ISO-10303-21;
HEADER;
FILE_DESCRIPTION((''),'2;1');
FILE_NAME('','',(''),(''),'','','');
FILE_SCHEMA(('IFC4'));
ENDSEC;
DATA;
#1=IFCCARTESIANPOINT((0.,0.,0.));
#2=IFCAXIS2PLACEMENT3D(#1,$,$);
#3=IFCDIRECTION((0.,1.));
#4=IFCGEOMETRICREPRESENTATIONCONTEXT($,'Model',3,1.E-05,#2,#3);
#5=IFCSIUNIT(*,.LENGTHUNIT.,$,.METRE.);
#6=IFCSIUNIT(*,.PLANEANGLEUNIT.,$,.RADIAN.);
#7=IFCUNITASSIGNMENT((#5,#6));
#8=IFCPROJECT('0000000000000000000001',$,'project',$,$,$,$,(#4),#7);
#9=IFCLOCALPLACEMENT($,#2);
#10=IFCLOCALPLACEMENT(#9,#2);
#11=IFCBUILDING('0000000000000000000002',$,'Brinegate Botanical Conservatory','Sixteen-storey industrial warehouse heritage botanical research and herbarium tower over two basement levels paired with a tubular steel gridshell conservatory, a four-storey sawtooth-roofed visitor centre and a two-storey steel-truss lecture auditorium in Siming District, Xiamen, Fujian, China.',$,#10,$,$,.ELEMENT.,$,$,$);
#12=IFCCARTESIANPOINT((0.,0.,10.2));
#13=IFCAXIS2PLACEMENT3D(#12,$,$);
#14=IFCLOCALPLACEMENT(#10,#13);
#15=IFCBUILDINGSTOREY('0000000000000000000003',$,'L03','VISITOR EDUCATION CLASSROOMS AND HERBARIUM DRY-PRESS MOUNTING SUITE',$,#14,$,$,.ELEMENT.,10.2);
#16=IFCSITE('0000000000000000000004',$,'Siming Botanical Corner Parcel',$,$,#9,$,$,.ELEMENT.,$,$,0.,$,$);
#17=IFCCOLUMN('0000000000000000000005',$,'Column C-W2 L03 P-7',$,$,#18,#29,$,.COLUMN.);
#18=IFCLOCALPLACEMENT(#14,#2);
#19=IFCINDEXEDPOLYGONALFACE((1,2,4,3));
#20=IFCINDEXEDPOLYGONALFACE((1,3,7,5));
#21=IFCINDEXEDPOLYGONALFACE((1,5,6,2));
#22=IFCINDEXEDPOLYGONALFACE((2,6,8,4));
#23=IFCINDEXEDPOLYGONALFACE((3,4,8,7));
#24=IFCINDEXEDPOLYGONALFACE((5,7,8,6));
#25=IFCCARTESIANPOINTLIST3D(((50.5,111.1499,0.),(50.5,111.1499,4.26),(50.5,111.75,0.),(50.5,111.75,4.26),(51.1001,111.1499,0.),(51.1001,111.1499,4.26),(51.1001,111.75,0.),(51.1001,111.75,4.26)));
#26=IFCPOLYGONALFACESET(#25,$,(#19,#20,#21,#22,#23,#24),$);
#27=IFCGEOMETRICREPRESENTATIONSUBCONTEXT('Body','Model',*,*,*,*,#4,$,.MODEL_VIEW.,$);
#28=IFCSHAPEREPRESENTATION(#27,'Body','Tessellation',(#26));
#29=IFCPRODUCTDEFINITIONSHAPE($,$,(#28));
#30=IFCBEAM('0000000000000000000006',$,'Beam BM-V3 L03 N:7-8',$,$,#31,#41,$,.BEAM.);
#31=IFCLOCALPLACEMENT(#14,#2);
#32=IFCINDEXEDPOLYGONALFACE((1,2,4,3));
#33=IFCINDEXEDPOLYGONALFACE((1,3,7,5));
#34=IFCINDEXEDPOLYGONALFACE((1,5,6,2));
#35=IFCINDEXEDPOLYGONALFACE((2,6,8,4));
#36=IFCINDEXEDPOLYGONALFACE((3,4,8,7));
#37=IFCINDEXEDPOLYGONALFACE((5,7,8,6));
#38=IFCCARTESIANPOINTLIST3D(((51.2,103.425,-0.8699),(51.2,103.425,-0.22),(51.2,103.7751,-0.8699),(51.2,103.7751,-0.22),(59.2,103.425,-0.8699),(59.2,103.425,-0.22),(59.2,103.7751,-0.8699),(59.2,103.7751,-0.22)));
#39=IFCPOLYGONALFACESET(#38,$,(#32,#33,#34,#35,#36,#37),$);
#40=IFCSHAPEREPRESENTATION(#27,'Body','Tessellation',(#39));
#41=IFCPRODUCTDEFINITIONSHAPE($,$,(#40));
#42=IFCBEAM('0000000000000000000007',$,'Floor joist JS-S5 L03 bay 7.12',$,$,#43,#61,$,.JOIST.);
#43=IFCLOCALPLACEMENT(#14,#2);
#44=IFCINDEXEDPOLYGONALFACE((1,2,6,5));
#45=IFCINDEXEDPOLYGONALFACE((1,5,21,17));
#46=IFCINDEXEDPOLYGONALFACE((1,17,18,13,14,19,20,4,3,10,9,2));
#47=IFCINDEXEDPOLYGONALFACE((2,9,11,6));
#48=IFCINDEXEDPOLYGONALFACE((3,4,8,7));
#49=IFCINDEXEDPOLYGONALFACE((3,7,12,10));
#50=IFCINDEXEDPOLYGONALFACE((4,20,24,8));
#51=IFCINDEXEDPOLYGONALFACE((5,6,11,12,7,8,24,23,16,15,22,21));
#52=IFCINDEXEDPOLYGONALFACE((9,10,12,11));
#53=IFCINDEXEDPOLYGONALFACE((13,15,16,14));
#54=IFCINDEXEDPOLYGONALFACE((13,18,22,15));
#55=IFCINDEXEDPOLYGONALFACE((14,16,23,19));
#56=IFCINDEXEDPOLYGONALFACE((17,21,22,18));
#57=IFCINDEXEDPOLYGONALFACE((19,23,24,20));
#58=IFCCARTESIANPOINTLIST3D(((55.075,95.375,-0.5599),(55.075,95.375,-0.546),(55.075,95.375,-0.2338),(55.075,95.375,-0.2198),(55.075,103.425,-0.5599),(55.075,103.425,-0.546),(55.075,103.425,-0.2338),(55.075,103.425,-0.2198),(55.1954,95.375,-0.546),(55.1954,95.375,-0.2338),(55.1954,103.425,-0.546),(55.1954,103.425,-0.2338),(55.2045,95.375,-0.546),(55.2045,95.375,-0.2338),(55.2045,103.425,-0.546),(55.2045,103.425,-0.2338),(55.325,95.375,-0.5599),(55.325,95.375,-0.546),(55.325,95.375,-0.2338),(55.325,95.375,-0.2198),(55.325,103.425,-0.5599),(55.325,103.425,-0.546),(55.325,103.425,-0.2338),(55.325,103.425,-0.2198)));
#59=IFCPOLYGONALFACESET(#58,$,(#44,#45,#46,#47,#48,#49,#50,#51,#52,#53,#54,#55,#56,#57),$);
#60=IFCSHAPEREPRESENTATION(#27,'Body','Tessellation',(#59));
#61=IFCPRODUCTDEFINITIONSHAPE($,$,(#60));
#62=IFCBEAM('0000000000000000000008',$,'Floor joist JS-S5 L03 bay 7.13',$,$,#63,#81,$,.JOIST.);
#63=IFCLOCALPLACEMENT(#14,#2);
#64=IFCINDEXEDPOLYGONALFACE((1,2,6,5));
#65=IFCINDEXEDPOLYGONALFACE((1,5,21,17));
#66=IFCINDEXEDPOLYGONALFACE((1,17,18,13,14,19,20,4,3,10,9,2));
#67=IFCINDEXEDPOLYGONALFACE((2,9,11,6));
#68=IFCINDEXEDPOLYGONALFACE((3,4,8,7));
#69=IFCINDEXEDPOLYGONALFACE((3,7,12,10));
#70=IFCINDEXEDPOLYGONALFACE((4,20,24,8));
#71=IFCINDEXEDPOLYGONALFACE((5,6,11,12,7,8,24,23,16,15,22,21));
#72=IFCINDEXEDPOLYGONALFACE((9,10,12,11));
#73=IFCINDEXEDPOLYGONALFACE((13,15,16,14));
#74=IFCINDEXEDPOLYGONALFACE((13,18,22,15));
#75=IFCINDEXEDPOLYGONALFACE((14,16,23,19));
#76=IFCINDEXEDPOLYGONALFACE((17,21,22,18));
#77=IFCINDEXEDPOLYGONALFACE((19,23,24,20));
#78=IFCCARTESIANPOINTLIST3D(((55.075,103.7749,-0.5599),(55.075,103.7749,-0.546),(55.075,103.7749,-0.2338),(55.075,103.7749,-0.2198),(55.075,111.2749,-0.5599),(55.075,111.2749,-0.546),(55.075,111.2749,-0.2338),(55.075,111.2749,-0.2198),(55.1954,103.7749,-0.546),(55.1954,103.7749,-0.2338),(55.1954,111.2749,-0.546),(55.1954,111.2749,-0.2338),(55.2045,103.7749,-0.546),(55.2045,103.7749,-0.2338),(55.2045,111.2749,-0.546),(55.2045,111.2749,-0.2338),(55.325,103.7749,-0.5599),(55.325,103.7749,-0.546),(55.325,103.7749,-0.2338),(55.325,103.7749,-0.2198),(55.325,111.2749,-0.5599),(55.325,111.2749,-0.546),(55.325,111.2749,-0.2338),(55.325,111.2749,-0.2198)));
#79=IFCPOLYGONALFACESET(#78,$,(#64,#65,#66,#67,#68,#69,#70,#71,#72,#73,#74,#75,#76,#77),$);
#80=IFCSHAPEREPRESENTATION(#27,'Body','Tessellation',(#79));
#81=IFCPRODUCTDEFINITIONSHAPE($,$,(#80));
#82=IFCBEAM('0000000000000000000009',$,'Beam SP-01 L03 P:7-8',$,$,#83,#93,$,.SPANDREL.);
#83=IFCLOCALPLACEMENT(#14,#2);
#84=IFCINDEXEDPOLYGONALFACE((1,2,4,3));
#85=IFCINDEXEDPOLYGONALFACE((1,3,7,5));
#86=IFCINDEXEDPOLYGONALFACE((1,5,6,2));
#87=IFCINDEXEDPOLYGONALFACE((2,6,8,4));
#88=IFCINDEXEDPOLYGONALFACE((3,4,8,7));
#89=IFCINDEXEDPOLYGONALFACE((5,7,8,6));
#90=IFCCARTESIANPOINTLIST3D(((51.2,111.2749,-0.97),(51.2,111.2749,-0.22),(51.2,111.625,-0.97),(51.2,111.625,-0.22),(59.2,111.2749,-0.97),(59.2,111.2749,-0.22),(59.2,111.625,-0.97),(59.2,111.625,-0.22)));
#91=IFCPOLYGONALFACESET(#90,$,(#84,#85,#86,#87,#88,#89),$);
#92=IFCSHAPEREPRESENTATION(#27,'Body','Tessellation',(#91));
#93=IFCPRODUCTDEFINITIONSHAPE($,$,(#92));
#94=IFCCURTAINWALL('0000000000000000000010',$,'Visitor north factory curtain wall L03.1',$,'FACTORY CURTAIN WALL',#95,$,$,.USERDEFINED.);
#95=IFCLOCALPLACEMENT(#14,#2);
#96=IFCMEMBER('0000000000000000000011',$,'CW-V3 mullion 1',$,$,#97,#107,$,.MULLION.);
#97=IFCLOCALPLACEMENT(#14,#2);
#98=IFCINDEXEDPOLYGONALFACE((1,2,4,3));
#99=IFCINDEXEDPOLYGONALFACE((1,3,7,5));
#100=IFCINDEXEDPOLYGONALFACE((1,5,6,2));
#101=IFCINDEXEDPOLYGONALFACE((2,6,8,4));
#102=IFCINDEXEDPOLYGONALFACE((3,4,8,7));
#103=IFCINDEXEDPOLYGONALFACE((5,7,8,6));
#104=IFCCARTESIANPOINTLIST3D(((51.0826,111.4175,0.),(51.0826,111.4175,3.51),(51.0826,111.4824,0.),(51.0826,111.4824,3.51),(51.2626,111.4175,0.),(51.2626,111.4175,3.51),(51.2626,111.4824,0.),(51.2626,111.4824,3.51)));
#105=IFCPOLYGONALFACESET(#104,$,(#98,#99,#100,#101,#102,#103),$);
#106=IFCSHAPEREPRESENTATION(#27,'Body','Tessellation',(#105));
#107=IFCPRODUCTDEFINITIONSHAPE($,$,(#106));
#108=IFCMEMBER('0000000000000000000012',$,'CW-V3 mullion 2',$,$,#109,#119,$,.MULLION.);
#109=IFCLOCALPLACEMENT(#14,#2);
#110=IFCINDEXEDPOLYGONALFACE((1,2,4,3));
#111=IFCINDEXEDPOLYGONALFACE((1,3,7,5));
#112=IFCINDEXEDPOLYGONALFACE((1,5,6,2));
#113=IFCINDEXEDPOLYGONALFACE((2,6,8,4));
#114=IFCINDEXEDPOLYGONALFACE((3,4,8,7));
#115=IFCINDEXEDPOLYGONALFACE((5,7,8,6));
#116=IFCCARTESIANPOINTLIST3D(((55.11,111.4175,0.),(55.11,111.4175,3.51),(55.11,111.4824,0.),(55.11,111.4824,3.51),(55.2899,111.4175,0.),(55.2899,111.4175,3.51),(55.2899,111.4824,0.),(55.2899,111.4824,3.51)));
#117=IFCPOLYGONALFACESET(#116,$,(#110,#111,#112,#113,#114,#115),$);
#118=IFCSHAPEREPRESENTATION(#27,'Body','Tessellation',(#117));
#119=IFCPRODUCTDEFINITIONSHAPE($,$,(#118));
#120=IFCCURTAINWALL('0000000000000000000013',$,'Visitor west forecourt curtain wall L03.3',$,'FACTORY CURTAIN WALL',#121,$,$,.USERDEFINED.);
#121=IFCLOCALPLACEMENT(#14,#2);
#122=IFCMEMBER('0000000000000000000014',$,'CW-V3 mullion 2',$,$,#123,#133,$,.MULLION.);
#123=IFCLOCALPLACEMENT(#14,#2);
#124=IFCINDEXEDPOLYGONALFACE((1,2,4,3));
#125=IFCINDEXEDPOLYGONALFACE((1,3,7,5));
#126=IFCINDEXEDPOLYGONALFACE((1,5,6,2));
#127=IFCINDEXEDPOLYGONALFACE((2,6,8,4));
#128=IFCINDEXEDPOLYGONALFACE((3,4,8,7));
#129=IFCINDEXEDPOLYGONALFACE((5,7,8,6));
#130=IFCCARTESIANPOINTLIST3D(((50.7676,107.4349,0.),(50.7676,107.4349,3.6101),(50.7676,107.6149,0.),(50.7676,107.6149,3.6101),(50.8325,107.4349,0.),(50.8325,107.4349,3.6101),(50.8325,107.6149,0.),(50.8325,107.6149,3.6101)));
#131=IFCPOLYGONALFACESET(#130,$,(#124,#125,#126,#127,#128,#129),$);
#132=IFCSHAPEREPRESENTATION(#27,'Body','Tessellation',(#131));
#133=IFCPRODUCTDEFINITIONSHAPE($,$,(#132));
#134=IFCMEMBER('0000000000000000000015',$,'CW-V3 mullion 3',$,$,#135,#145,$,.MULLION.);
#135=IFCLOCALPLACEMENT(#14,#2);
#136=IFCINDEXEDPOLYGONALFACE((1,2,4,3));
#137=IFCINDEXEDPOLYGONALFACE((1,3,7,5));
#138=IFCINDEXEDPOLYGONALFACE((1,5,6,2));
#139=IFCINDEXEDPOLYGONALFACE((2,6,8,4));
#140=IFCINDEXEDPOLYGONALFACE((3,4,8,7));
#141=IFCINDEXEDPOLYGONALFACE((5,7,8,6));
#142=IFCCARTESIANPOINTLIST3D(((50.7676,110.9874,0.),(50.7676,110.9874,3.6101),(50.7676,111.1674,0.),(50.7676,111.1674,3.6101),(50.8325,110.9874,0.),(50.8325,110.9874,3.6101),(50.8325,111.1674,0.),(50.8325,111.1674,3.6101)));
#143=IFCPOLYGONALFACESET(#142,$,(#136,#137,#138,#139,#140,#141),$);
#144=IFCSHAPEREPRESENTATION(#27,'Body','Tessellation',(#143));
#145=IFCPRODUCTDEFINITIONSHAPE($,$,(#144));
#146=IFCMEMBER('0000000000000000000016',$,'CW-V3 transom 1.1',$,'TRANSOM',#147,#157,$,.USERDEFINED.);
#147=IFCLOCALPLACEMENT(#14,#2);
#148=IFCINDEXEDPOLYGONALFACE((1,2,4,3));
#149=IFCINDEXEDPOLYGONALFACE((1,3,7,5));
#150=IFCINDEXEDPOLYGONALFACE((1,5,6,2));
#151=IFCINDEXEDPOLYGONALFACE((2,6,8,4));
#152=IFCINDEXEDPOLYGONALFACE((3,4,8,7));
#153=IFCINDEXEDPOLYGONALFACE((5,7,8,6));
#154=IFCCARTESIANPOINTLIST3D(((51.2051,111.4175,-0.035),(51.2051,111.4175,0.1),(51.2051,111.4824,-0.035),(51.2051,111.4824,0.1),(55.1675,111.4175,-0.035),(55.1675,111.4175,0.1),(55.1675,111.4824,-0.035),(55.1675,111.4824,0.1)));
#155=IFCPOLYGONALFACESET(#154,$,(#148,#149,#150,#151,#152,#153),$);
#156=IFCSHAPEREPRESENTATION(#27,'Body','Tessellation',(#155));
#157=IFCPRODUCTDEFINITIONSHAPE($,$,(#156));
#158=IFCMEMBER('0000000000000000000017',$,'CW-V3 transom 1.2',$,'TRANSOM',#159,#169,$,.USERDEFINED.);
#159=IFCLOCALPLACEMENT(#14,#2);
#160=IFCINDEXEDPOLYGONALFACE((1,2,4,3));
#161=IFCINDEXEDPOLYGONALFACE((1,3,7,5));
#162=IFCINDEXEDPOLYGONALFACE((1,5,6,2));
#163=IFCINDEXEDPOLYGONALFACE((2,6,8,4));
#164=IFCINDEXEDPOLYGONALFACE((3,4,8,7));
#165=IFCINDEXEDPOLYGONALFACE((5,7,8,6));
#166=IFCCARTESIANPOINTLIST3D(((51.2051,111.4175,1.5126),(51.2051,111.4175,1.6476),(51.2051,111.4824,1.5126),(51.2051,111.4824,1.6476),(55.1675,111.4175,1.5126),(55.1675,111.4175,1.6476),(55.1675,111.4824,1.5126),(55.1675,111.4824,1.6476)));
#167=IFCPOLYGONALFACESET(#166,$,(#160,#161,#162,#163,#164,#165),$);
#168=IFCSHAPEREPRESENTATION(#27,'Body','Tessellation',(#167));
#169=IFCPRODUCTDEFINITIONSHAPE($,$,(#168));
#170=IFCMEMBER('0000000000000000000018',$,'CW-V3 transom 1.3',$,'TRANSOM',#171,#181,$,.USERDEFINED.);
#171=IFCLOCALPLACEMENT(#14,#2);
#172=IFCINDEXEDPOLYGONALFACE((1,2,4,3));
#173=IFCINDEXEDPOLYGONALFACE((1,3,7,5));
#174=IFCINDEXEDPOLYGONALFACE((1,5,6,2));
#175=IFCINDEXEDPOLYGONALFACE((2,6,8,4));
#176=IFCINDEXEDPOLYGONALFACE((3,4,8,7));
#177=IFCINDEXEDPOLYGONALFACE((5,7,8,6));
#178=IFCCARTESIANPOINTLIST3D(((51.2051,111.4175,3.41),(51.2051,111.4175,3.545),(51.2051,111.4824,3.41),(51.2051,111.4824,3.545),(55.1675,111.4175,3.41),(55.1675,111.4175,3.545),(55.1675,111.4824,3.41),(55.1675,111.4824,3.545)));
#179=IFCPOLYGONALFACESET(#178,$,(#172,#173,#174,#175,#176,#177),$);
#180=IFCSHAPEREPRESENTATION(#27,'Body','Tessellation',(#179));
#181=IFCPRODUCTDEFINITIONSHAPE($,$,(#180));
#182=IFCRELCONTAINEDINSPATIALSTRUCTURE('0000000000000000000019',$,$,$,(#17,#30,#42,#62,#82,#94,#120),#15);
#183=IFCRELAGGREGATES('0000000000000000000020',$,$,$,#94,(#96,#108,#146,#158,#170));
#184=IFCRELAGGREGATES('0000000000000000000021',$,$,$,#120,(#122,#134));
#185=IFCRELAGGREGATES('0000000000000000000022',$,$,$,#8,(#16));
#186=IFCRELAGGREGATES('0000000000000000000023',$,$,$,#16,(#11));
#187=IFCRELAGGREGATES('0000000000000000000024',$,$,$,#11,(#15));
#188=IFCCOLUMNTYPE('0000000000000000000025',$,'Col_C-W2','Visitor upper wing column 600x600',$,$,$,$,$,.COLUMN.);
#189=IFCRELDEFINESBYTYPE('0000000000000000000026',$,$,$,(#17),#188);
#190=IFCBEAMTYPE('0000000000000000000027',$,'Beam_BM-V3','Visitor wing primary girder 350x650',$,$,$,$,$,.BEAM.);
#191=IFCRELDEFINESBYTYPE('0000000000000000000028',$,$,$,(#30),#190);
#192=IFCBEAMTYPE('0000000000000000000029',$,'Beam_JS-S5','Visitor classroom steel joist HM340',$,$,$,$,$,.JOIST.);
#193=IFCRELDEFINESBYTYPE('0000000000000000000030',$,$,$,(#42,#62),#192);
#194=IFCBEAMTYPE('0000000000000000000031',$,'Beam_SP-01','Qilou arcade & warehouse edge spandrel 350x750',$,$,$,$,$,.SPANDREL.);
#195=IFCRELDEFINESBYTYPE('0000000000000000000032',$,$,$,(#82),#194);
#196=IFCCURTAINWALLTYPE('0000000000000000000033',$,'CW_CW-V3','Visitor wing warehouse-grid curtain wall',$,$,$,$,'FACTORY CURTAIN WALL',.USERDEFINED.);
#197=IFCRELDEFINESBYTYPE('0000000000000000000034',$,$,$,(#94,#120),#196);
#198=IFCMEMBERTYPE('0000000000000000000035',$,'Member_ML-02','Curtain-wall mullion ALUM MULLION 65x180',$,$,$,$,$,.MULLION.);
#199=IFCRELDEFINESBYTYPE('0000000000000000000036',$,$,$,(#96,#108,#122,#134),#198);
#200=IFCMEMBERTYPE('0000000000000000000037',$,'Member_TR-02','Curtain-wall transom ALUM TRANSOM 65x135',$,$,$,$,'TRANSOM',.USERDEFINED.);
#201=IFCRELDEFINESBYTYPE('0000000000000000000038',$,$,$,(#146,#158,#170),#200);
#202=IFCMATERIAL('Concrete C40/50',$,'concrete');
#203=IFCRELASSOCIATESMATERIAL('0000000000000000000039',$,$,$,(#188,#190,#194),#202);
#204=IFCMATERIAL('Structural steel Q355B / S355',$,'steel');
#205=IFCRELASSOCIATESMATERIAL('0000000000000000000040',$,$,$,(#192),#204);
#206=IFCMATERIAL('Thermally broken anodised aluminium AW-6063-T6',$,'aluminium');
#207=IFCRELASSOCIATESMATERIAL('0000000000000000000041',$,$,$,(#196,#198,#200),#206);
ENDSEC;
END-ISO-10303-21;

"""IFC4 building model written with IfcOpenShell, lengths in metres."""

from ifc_helpers import new_model, si_unit, direction, frame, origin, origin_2d, place, context, subcontext, project, spatial, rectangle, i_section, extrude, material, material_profile, profile_set, type_object, element, aggregate, save


model = new_model("IFC4")

# Units and contexts
model_context = context("Model", 3, precision=1e-05, world=origin(), true_north=direction((0.0, 1.0)))
body_context = subcontext(model_context, "Body", "Model", "MODEL_VIEW")
ifc_project = project(units=[si_unit("LENGTHUNIT", "METRE"), si_unit("PLANEANGLEUNIT", "RADIAN")], contexts=[model_context])

# Site, building, storey
site_placement = place(None, origin())
site = spatial("IfcSite", under=ifc_project, at=site_placement, Name="Siming Botanical Corner Parcel", CompositionType="ELEMENT", RefElevation=0.0)
building_placement = place(site_placement, origin())
building = spatial("IfcBuilding", under=site, at=building_placement, Name="Brinegate Botanical Conservatory", Description="Sixteen-storey industrial warehouse heritage botanical research and herbarium tower over two basement levels paired with a tubular steel gridshell conservatory, a four-storey sawtooth-roofed visitor centre and a two-storey steel-truss lecture auditorium in Siming District, Xiamen, Fujian, China.", CompositionType="ELEMENT")
storey_placement = place(building_placement, frame((0.0, 0.0, 10.2)))
storey = spatial("IfcBuildingStorey", under=building, at=storey_placement, Name="L03", Description="VISITOR EDUCATION CLASSROOMS AND HERBARIUM DRY-PRESS MOUNTING SUITE", CompositionType="ELEMENT", Elevation=10.2)

# Column
ifc_material_1 = material(Name="Concrete C40/50", Category="concrete")
ifc_material_profile_1 = material_profile(ifc_material_1, rectangle(XDim=0.6001, YDim=0.6001, at=origin_2d()), Name="RC COL 600x600")
ifc_profile_set_1 = profile_set([ifc_material_profile_1], Name="Concrete C40/50")
column_type = type_object("IfcColumnType", Name="Col_C-W2", Description="Visitor upper wing column 600x600", PredefinedType="COLUMN", material=ifc_profile_set_1)
column_placement = place(storey_placement, frame((50.8, 111.45, 0.0), z_axis=(0.0, 0.0, 1.0), x_axis=(1.0, 0.0, 0.0)))
element("IfcColumn", 1, at=column_placement, inside=storey, type_object=column_type, Name="Column C-W2 L03 P-7", PredefinedType="COLUMN", context=body_context, shape_type="SweptSolid", body=[
    extrude(rectangle(XDim=0.6001, YDim=0.6001, at=origin_2d()), origin(), (0.0, 0.0, 1.0), 4.26),
])

# Beams
ifc_material_profile_2 = material_profile(ifc_material_1, rectangle(XDim=0.3501, YDim=0.6499, at=origin_2d()), Name="RC BM 350x650")
ifc_profile_set_2 = profile_set([ifc_material_profile_2], Name="Concrete C40/50")
beam_type_1 = type_object("IfcBeamType", Name="Beam_BM-V3", Description="Visitor wing primary girder 350x650", PredefinedType="BEAM", material=ifc_profile_set_2)
beam_1_placement = place(storey_placement, frame((51.2, 103.6001, -0.5449), z_axis=(1.0, 0.0, 0.0), x_axis=(0.0, 1.0, 0.0)))
element("IfcBeam", 2, at=beam_1_placement, inside=storey, type_object=beam_type_1, Name="Beam BM-V3 L03 N:7-8", PredefinedType="BEAM", context=body_context, shape_type="SweptSolid", body=[
    extrude(rectangle(XDim=0.3501, YDim=0.6499, at=origin_2d()), origin(), (0.0, 0.0, 1.0), 8.0),
])
ifc_material_2 = material(Name="Structural steel Q355B / S355", Category="steel")
ifc_material_profile_3 = material_profile(ifc_material_2, i_section(OverallWidth=0.25, OverallDepth=0.3401, WebThickness=0.009, FlangeThickness=0.0139, at=origin_2d()), Name="HM 340x250x9x14")
ifc_profile_set_3 = profile_set([ifc_material_profile_3], Name="Structural steel Q355B / S355")
beam_type_2 = type_object("IfcBeamType", Name="Beam_JS-S5", Description="Visitor classroom steel joist HM340", PredefinedType="JOIST", material=ifc_profile_set_3)
beam_2_placement = place(storey_placement, frame((55.2, 95.375, -0.3899), z_axis=(0.0, 1.0, 0.0), x_axis=(-1.0, 0.0, 0.0)))
element("IfcBeam", 3, at=beam_2_placement, inside=storey, type_object=beam_type_2, Name="Floor joist JS-S5 L03 bay 7.12", PredefinedType="JOIST", context=body_context, shape_type="SweptSolid", body=[
    extrude(i_section(OverallWidth=0.25, OverallDepth=0.3401, WebThickness=0.009, FlangeThickness=0.0139, at=origin_2d()), origin(), (0.0, 0.0, 1.0), 8.05),
])
beam_3_placement = place(storey_placement, frame((55.2, 103.7749, -0.3899), z_axis=(0.0, 1.0, 0.0), x_axis=(-1.0, 0.0, 0.0)))
element("IfcBeam", 4, at=beam_3_placement, inside=storey, type_object=beam_type_2, Name="Floor joist JS-S5 L03 bay 7.13", PredefinedType="JOIST", context=body_context, shape_type="SweptSolid", body=[
    extrude(i_section(OverallWidth=0.25, OverallDepth=0.3401, WebThickness=0.009, FlangeThickness=0.0139, at=origin_2d()), origin(), (0.0, 0.0, 1.0), 7.5),
])
ifc_material_profile_4 = material_profile(ifc_material_1, rectangle(XDim=0.3501, YDim=0.75, at=origin_2d()), Name="RC SPN 350x750")
ifc_profile_set_4 = profile_set([ifc_material_profile_4], Name="Concrete C40/50")
beam_type_3 = type_object("IfcBeamType", Name="Beam_SP-01", Description="Qilou arcade & warehouse edge spandrel 350x750", PredefinedType="SPANDREL", material=ifc_profile_set_4)
beam_4_placement = place(storey_placement, frame((51.2, 111.45, -0.595), z_axis=(1.0, 0.0, 0.0), x_axis=(0.0, 1.0, 0.0)))
element("IfcBeam", 5, at=beam_4_placement, inside=storey, type_object=beam_type_3, Name="Beam SP-01 L03 P:7-8", PredefinedType="SPANDREL", context=body_context, shape_type="SweptSolid", body=[
    extrude(rectangle(XDim=0.3501, YDim=0.75, at=origin_2d()), origin(), (0.0, 0.0, 1.0), 8.0),
])

# Curtain walls, members
ifc_material_3 = material(Name="Thermally broken anodised aluminium AW-6063-T6", Category="aluminium")
curtain_wall_type = type_object("IfcCurtainWallType", Name="CW_CW-V3", Description="Visitor wing warehouse-grid curtain wall", ElementType="FACTORY CURTAIN WALL", PredefinedType="USERDEFINED", material=ifc_material_3)
curtain_wall_1_placement = place(storey_placement, origin())
curtain_wall_1 = element("IfcCurtainWall", 6, at=curtain_wall_1_placement, inside=storey, type_object=curtain_wall_type, Name="Visitor north factory curtain wall L03.1", ObjectType="FACTORY CURTAIN WALL", PredefinedType="USERDEFINED")
ifc_material_profile_5 = material_profile(ifc_material_3, rectangle(XDim=0.0649, YDim=0.1799, at=origin_2d()), Name="ALUM MULLION 65x180")
ifc_profile_set_5 = profile_set([ifc_material_profile_5], Name="Thermally broken anodised aluminium AW-6063-T6")
member_type_1 = type_object("IfcMemberType", Name="Member_ML-02", Description="Curtain-wall mullion ALUM MULLION 65x180", PredefinedType="MULLION", material=ifc_profile_set_5)
member_1_placement = place(storey_placement, frame((51.1726, 111.45, 0.0), z_axis=(0.0, 0.0, 1.0), x_axis=(0.0, 1.0, 0.0)))
member_1 = element("IfcMember", 7, at=member_1_placement, type_object=member_type_1, Name="CW-V3 mullion 1", PredefinedType="MULLION", context=body_context, shape_type="SweptSolid", body=[
    extrude(rectangle(XDim=0.0649, YDim=0.1799, at=origin_2d()), origin(), (0.0, 0.0, 1.0), 3.51),
])
member_2_placement = place(storey_placement, frame((55.2, 111.45, 0.0), z_axis=(0.0, 0.0, 1.0), x_axis=(0.0, 1.0, 0.0)))
member_2 = element("IfcMember", 8, at=member_2_placement, type_object=member_type_1, Name="CW-V3 mullion 2", PredefinedType="MULLION", context=body_context, shape_type="SweptSolid", body=[
    extrude(rectangle(XDim=0.0649, YDim=0.1799, at=origin_2d()), origin(), (0.0, 0.0, 1.0), 3.51),
])
curtain_wall_2_placement = place(storey_placement, origin())
curtain_wall_2 = element("IfcCurtainWall", 9, at=curtain_wall_2_placement, inside=storey, type_object=curtain_wall_type, Name="Visitor west forecourt curtain wall L03.3", ObjectType="FACTORY CURTAIN WALL", PredefinedType="USERDEFINED")
member_3_placement = place(storey_placement, frame((50.8, 107.5249, 0.0), z_axis=(0.0, 0.0, 1.0), x_axis=(-1.0, 0.0, 0.0)))
member_3 = element("IfcMember", 10, at=member_3_placement, type_object=member_type_1, Name="CW-V3 mullion 2", PredefinedType="MULLION", context=body_context, shape_type="SweptSolid", body=[
    extrude(rectangle(XDim=0.0649, YDim=0.1799, at=origin_2d()), origin(), (0.0, 0.0, 1.0), 3.6101),
])
member_4_placement = place(storey_placement, frame((50.8, 111.0774, 0.0), z_axis=(0.0, 0.0, 1.0), x_axis=(-1.0, 0.0, 0.0)))
member_4 = element("IfcMember", 11, at=member_4_placement, type_object=member_type_1, Name="CW-V3 mullion 3", PredefinedType="MULLION", context=body_context, shape_type="SweptSolid", body=[
    extrude(rectangle(XDim=0.0649, YDim=0.1799, at=origin_2d()), origin(), (0.0, 0.0, 1.0), 3.6101),
])

# Members
ifc_material_profile_6 = material_profile(ifc_material_3, rectangle(XDim=0.0649, YDim=0.135, at=origin_2d()), Name="ALUM TRANSOM 65x135")
ifc_profile_set_6 = profile_set([ifc_material_profile_6], Name="Thermally broken anodised aluminium AW-6063-T6")
member_type_2 = type_object("IfcMemberType", Name="Member_TR-02", Description="Curtain-wall transom ALUM TRANSOM 65x135", ElementType="TRANSOM", PredefinedType="USERDEFINED", material=ifc_profile_set_6)
member_5_placement = place(storey_placement, frame((51.2051, 111.45, 0.0325), z_axis=(1.0, 0.0, 0.0), x_axis=(0.0, 1.0, 0.0)))
member_5 = element("IfcMember", 12, at=member_5_placement, type_object=member_type_2, Name="CW-V3 transom 1.1", ObjectType="TRANSOM", PredefinedType="USERDEFINED", context=body_context, shape_type="SweptSolid", body=[
    extrude(rectangle(XDim=0.0649, YDim=0.135, at=origin_2d()), origin(), (0.0, 0.0, 1.0), 3.9624),
])
member_6_placement = place(storey_placement, frame((51.2051, 111.45, 1.5801), z_axis=(1.0, 0.0, 0.0), x_axis=(0.0, 1.0, 0.0)))
member_6 = element("IfcMember", 13, at=member_6_placement, type_object=member_type_2, Name="CW-V3 transom 1.2", ObjectType="TRANSOM", PredefinedType="USERDEFINED", context=body_context, shape_type="SweptSolid", body=[
    extrude(rectangle(XDim=0.0649, YDim=0.135, at=origin_2d()), origin(), (0.0, 0.0, 1.0), 3.9624),
])
member_7_placement = place(storey_placement, frame((51.2051, 111.45, 3.4775), z_axis=(1.0, 0.0, 0.0), x_axis=(0.0, 1.0, 0.0)))
member_7 = element("IfcMember", 14, at=member_7_placement, type_object=member_type_2, Name="CW-V3 transom 1.3", ObjectType="TRANSOM", PredefinedType="USERDEFINED", context=body_context, shape_type="SweptSolid", body=[
    extrude(rectangle(XDim=0.0649, YDim=0.135, at=origin_2d()), origin(), (0.0, 0.0, 1.0), 3.9624),
])

aggregate(curtain_wall_1, [member_1, member_2, member_5, member_6, member_7])
aggregate(curtain_wall_2, [member_3, member_4])

save(model, "model.ifc")
